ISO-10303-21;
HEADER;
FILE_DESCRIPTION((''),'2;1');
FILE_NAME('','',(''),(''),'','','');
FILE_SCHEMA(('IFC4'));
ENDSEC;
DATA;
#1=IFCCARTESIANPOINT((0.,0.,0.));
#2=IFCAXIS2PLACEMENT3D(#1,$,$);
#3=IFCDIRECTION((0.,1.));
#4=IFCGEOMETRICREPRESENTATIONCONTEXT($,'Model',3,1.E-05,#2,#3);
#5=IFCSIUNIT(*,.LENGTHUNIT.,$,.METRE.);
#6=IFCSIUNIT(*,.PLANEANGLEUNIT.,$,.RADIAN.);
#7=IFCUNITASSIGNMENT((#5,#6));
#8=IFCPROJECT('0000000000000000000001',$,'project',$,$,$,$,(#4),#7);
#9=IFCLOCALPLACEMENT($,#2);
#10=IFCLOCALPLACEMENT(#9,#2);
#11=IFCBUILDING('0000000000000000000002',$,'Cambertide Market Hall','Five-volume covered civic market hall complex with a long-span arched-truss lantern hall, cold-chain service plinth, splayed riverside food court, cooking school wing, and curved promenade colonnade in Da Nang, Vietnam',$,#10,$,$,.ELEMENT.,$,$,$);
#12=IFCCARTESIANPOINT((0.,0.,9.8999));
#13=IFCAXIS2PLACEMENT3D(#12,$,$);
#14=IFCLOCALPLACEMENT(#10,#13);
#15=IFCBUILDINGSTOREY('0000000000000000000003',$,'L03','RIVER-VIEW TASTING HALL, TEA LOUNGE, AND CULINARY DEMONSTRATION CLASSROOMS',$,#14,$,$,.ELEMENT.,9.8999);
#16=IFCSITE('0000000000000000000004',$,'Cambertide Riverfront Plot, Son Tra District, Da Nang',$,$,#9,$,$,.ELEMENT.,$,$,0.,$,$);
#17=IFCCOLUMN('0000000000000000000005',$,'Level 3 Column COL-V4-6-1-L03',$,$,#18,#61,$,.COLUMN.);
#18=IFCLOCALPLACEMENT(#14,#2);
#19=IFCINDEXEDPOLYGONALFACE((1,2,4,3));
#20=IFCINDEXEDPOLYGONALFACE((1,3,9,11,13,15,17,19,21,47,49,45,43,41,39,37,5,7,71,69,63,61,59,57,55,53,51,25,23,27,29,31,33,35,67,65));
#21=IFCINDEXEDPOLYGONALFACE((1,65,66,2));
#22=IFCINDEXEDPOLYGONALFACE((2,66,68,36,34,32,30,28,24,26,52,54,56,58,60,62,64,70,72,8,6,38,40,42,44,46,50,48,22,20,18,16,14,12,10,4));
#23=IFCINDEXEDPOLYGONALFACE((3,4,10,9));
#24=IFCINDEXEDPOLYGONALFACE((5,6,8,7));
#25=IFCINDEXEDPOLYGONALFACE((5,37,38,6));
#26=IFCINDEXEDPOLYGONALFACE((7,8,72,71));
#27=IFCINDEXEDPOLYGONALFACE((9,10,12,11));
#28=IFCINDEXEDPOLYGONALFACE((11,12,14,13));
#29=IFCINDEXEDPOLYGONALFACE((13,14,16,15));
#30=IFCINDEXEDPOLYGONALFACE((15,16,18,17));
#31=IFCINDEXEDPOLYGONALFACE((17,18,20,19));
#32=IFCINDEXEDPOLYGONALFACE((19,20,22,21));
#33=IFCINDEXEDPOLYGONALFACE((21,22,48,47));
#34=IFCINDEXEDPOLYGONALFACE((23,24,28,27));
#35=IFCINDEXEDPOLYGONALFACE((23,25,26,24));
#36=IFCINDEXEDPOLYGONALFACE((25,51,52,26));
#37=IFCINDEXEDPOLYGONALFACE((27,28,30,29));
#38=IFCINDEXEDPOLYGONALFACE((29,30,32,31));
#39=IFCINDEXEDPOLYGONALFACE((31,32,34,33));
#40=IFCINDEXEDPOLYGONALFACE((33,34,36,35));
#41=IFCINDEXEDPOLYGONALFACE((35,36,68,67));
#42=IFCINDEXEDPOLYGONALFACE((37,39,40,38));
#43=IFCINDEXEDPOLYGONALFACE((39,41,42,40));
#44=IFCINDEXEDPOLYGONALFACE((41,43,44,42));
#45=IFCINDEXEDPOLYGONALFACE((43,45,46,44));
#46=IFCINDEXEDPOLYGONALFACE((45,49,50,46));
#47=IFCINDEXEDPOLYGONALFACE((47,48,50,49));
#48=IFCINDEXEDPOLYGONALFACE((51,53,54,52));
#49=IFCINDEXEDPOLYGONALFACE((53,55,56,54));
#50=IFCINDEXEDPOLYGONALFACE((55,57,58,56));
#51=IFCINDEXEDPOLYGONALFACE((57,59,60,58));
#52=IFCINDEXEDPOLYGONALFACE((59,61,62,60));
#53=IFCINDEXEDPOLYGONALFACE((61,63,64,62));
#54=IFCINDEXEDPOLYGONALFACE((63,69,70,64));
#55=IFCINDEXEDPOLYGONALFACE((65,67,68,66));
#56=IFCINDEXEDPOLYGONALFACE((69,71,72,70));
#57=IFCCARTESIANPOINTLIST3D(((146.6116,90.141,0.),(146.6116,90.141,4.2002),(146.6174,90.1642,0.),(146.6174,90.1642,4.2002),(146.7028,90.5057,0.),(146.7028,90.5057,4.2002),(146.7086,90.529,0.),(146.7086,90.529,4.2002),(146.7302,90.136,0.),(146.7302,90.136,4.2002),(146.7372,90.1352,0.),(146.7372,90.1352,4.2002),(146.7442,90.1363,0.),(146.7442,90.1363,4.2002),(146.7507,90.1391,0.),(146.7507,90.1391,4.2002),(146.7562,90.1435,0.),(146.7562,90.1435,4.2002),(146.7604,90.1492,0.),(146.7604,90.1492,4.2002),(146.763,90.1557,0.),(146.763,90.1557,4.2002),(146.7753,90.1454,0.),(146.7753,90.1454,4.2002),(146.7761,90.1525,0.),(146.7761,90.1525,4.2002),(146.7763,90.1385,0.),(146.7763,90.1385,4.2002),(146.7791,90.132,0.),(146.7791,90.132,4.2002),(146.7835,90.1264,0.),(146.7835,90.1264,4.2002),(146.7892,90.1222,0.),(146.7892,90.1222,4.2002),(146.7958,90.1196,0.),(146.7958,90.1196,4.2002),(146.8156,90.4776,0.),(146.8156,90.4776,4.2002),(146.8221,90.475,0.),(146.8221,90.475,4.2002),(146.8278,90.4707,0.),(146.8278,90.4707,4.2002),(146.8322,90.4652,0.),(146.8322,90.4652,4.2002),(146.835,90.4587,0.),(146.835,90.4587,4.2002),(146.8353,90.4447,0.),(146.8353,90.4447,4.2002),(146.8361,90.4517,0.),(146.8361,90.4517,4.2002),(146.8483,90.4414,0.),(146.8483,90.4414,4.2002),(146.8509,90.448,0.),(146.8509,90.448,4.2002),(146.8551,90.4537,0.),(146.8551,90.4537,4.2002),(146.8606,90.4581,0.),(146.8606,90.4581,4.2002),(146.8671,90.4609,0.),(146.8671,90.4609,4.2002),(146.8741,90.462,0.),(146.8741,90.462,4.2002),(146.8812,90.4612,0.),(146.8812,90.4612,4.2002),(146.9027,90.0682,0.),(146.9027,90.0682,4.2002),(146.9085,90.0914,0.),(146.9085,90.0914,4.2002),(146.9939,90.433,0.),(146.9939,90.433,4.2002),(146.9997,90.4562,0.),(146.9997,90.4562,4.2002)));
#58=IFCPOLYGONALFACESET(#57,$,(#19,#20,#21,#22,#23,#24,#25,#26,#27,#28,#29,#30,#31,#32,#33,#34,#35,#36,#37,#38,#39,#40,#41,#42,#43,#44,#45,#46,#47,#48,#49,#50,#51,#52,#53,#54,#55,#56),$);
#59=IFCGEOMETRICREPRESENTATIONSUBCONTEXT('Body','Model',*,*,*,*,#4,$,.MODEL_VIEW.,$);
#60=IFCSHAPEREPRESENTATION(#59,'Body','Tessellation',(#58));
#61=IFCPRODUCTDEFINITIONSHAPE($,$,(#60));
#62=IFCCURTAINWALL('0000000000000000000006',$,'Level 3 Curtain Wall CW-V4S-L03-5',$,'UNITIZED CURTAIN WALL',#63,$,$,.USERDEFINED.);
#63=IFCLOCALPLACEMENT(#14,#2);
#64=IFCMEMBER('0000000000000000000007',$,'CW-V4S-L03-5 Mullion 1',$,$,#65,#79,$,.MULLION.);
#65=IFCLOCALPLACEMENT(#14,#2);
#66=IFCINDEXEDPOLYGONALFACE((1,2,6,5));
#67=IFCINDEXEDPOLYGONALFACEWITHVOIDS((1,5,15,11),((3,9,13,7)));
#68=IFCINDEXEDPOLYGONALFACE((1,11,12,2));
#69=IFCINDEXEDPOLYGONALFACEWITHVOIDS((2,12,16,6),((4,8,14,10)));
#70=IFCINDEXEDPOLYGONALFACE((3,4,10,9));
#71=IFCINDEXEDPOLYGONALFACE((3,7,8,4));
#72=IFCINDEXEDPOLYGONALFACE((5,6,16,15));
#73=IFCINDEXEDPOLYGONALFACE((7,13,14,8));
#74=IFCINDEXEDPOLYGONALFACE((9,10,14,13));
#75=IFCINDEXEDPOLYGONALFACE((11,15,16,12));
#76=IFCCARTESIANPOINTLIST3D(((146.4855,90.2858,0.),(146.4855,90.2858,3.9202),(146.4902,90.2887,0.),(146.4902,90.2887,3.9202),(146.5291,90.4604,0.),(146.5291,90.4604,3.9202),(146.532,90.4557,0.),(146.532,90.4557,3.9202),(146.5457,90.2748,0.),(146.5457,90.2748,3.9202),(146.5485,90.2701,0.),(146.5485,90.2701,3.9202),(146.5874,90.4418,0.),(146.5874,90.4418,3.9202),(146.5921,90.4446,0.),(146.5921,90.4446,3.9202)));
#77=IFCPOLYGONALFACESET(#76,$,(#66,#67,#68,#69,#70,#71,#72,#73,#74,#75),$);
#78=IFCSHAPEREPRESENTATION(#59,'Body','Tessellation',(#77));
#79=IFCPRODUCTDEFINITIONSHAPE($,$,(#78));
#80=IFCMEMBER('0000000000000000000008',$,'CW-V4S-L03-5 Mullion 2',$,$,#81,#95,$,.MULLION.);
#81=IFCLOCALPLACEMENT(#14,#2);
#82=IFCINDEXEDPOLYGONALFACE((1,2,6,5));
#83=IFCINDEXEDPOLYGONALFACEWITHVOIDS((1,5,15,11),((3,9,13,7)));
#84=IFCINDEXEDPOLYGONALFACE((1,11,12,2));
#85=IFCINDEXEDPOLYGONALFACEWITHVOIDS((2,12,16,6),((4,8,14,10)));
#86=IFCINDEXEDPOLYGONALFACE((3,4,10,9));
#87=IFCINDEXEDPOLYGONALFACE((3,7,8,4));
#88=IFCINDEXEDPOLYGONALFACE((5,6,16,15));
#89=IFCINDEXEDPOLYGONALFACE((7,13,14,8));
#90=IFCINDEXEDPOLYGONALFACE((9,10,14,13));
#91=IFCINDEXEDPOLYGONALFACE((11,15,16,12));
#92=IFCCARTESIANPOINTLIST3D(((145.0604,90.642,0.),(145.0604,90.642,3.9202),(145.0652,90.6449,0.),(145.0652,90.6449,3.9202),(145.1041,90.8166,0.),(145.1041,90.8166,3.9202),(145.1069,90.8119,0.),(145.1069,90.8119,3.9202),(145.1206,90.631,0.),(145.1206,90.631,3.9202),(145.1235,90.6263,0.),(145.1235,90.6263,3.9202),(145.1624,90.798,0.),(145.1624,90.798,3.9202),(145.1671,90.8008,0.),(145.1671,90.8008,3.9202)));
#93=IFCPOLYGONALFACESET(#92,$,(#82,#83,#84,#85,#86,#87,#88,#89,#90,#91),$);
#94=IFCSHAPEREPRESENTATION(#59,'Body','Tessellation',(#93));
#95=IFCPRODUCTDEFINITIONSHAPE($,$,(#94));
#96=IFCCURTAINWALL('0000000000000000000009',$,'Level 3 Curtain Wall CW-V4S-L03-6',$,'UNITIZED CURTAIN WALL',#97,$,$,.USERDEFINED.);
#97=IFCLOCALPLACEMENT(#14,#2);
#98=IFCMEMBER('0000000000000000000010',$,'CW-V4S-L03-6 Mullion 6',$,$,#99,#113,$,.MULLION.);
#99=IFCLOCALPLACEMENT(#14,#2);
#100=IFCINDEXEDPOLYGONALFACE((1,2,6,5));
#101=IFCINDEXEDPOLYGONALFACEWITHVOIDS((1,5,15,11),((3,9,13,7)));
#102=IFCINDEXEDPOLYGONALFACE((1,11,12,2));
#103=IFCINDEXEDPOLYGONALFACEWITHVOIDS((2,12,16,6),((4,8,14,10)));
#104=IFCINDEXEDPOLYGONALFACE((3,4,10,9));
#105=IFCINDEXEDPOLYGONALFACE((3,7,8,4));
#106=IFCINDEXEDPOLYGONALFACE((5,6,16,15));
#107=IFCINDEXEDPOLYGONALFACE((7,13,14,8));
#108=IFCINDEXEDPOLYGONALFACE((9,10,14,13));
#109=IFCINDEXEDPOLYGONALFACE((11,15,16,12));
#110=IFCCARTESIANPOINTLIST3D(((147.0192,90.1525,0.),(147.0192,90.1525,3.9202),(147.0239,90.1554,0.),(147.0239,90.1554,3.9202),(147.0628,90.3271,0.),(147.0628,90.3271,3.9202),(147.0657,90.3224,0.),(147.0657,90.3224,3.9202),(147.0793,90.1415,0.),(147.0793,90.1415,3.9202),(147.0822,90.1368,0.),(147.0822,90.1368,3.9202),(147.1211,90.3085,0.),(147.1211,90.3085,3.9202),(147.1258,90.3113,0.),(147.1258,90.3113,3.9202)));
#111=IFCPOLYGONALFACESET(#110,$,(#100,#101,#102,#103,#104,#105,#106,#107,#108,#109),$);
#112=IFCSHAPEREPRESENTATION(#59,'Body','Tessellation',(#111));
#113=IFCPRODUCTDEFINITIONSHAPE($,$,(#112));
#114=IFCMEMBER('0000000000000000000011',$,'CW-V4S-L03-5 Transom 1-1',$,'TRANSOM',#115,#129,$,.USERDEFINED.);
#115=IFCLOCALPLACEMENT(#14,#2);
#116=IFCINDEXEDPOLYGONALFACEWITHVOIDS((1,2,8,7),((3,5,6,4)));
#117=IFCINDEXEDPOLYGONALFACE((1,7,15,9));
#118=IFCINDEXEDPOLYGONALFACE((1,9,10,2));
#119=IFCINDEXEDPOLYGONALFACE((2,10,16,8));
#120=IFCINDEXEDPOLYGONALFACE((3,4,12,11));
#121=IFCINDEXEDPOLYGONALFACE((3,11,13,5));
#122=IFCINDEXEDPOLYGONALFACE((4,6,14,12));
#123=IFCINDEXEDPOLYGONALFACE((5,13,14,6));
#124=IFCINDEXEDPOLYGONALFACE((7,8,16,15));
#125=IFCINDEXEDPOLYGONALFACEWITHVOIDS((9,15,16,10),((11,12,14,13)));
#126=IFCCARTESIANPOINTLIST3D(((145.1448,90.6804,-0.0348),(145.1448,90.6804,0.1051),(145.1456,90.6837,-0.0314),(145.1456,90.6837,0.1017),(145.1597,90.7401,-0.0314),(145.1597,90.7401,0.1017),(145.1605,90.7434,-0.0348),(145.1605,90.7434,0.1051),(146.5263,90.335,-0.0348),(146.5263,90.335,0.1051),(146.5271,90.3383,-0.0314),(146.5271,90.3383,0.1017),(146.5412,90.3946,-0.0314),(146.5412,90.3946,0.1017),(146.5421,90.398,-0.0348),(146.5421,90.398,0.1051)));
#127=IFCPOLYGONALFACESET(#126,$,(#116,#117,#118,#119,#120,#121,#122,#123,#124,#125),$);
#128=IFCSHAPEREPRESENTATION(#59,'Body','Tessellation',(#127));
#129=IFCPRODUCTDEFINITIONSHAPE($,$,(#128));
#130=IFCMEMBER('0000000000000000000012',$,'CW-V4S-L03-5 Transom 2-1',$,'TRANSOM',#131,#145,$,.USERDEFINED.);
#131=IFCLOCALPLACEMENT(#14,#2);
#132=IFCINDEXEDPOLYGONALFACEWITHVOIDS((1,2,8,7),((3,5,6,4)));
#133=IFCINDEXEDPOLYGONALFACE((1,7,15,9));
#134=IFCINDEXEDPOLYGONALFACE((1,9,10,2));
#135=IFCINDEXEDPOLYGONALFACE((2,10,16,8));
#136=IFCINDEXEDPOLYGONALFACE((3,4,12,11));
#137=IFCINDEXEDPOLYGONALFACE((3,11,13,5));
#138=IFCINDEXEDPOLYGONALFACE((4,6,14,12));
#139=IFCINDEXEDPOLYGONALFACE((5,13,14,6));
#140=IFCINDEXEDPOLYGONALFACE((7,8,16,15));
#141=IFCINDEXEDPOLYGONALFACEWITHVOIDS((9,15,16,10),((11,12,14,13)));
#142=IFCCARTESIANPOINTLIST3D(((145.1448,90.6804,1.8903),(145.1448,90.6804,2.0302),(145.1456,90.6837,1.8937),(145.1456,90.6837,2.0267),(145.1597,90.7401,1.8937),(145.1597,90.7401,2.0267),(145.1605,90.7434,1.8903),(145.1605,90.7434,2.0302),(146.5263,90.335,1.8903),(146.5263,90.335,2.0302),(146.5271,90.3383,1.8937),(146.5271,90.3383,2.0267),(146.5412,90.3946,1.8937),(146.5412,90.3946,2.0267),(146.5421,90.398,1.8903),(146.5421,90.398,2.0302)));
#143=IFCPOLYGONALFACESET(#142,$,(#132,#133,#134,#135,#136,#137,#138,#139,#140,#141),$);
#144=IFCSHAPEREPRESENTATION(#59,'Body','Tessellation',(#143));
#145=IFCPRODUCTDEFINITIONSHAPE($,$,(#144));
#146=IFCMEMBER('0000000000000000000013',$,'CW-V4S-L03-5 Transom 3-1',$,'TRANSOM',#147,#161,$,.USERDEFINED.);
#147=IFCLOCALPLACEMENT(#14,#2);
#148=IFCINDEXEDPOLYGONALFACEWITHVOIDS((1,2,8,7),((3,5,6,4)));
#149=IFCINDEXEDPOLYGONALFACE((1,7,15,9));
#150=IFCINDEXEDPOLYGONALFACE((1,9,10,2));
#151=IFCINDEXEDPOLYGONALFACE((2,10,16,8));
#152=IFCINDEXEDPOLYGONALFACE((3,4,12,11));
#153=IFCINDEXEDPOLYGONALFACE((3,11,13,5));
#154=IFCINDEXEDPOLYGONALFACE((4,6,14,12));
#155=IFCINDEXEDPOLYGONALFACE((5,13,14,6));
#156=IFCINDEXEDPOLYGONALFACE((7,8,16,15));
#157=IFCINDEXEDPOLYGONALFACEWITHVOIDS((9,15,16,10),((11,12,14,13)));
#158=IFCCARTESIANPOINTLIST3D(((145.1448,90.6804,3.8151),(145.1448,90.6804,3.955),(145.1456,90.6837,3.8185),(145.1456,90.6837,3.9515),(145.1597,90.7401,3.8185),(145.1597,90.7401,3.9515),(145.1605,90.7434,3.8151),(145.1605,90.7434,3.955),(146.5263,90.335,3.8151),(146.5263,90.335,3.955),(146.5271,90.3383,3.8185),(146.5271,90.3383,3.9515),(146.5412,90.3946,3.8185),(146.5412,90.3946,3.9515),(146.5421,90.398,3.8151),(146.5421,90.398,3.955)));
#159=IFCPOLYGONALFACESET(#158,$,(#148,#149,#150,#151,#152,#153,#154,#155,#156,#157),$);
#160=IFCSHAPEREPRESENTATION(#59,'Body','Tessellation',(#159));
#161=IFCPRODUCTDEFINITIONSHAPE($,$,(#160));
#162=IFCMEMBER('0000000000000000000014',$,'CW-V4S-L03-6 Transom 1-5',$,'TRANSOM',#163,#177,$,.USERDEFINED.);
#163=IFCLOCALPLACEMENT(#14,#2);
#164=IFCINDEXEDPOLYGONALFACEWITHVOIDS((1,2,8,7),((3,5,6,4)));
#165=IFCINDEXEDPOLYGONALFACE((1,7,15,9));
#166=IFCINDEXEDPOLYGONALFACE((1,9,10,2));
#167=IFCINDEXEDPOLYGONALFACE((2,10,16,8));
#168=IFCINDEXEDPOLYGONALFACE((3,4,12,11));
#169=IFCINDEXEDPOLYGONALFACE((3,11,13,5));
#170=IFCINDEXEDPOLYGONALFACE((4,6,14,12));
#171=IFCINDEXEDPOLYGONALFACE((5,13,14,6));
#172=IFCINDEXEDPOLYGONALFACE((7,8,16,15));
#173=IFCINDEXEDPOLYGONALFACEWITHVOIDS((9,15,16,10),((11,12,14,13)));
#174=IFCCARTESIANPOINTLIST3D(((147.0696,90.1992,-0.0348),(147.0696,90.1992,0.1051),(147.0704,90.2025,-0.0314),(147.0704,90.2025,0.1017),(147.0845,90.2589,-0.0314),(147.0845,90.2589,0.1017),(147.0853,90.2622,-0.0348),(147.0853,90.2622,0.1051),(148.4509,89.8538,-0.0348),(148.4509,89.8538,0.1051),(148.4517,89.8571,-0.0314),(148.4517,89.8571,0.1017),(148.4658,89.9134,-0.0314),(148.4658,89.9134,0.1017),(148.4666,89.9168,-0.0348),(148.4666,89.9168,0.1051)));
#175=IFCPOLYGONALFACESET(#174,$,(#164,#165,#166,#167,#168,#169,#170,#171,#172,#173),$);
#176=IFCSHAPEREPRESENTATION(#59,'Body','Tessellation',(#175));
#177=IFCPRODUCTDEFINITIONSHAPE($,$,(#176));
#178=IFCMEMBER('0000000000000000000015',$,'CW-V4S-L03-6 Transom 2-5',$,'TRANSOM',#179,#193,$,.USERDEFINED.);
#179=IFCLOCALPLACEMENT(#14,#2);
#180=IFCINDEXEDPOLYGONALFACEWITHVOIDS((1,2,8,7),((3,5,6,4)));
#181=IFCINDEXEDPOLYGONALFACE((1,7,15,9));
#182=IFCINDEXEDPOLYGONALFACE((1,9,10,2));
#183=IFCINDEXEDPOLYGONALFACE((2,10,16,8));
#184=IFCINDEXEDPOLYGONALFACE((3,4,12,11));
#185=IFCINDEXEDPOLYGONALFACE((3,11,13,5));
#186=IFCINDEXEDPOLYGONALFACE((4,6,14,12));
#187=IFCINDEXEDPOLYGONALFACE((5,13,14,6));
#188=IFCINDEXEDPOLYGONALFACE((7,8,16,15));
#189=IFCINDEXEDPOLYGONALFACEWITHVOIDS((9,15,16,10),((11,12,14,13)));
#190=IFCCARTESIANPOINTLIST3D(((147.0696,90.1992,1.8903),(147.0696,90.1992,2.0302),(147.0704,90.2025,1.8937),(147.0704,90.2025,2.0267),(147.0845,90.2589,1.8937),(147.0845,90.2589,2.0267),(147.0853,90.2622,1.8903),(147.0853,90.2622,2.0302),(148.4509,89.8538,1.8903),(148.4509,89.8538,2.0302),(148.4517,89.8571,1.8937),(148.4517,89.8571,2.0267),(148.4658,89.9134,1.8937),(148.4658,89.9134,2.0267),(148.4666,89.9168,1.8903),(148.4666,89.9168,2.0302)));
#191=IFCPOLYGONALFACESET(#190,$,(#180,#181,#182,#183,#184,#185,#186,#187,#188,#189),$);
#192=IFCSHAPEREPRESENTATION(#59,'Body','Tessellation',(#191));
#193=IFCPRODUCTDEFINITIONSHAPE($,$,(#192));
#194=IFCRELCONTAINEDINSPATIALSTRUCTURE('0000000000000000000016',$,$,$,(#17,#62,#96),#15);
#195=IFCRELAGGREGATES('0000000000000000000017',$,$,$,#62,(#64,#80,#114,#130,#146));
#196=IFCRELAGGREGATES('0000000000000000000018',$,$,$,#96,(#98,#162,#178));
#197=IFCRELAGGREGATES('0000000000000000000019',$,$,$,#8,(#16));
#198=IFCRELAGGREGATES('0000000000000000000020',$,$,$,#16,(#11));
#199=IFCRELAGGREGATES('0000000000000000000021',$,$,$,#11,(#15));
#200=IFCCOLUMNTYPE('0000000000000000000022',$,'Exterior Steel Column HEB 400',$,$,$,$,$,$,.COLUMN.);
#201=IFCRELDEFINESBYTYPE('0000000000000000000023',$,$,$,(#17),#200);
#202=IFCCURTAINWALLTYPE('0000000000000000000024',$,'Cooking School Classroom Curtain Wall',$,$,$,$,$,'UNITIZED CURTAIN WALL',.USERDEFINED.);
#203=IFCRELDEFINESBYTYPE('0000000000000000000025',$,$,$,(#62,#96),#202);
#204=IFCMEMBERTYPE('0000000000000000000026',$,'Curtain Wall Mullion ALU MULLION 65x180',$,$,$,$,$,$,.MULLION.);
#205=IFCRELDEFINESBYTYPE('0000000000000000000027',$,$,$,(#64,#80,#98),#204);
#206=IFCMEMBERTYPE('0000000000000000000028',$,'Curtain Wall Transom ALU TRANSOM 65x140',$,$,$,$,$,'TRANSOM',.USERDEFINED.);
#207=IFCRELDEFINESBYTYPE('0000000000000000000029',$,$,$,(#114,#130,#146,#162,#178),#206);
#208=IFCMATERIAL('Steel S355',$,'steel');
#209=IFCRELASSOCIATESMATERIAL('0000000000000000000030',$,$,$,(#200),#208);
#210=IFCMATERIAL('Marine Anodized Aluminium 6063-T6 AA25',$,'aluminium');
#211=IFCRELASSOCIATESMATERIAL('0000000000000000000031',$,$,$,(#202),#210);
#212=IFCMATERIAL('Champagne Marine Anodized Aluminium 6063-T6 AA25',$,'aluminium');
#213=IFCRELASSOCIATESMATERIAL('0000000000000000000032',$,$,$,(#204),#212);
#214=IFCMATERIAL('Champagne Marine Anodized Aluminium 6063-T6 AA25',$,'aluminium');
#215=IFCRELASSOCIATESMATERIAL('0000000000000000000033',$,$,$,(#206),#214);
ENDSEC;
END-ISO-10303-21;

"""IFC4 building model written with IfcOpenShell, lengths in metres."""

from ifc_helpers import new_model, si_unit, direction, frame, origin, origin_2d, place, context, subcontext, project, spatial, hollow_rectangle, i_section, extrude, material, material_profile, profile_set, type_object, element, aggregate, save


model = new_model("IFC4")

# Units and contexts
model_context = context("Model", 3, precision=1e-05, world=origin(), true_north=direction((0.0, 1.0)))
body_context = subcontext(model_context, "Body", "Model", "MODEL_VIEW")
ifc_project = project(units=[si_unit("LENGTHUNIT", "METRE"), si_unit("PLANEANGLEUNIT", "RADIAN")], contexts=[model_context])

# Site, building, storey
site_placement = place(None, origin())
site = spatial("IfcSite", under=ifc_project, at=site_placement, Name="Cambertide Riverfront Plot, Son Tra District, Da Nang", CompositionType="ELEMENT", RefElevation=0.0)
building_placement = place(site_placement, origin())
building = spatial("IfcBuilding", under=site, at=building_placement, Name="Cambertide Market Hall", Description="Five-volume covered civic market hall complex with a long-span arched-truss lantern hall, cold-chain service plinth, splayed riverside food court, cooking school wing, and curved promenade colonnade in Da Nang, Vietnam", CompositionType="ELEMENT")
storey_placement = place(building_placement, frame((0.0, 0.0, 9.8999)))
storey = spatial("IfcBuildingStorey", under=building, at=storey_placement, Name="L03", Description="RIVER-VIEW TASTING HALL, TEA LOUNGE, AND CULINARY DEMONSTRATION CLASSROOMS", CompositionType="ELEMENT", Elevation=9.8999)

# Column
ifc_material_1 = material(Name="Steel S355", Category="steel")
ifc_material_profile_1 = material_profile(ifc_material_1, i_section(OverallWidth=0.3, OverallDepth=0.3999, WebThickness=0.0134, FlangeThickness=0.0239, FilletRadius=0.0271, at=origin_2d()), Name="HEB 400")
ifc_profile_set_1 = profile_set([ifc_material_profile_1], Name="Steel S355")
column_type = type_object("IfcColumnType", Name="Exterior Steel Column HEB 400", PredefinedType="COLUMN", material=ifc_profile_set_1)
column_placement = place(storey_placement, frame((146.8057, 90.2986, 0.0), z_axis=(0.0, 0.0, 1.0), x_axis=(0.970143, -0.242536, 0.0)))
element("IfcColumn", 1, at=column_placement, inside=storey, type_object=column_type, Name="Level 3 Column COL-V4-6-1-L03", PredefinedType="COLUMN", context=body_context, shape_type="SweptSolid", body=[
    extrude(i_section(OverallWidth=0.3, OverallDepth=0.3999, WebThickness=0.0134, FlangeThickness=0.0239, FilletRadius=0.0271, at=origin_2d()), origin(), (0.0, 0.0, 1.0), 4.2002),
])

# Curtain wall, members
ifc_material_2 = material(Name="Marine Anodized Aluminium 6063-T6 AA25", Category="aluminium")
curtain_wall_type = type_object("IfcCurtainWallType", Name="Cooking School Classroom Curtain Wall", ElementType="UNITIZED CURTAIN WALL", PredefinedType="USERDEFINED", material=ifc_material_2)
curtain_wall_1_placement = place(storey_placement, origin())
curtain_wall_1 = element("IfcCurtainWall", 2, at=curtain_wall_1_placement, inside=storey, type_object=curtain_wall_type, Name="Level 3 Curtain Wall CW-V4S-L03-5", ObjectType="UNITIZED CURTAIN WALL", PredefinedType="USERDEFINED")
ifc_material_3 = material(Name="Champagne Marine Anodized Aluminium 6063-T6 AA25", Category="aluminium")
ifc_material_profile_2 = material_profile(ifc_material_3, hollow_rectangle(XDim=0.0649, YDim=0.1799, WallThickness=0.0039, at=origin_2d()), Name="ALU MULLION 65x180")
ifc_profile_set_2 = profile_set([ifc_material_profile_2], Name="Champagne Marine Anodized Aluminium 6063-T6 AA25")
member_type_1 = type_object("IfcMemberType", Name="Curtain Wall Mullion ALU MULLION 65x180", PredefinedType="MULLION", material=ifc_profile_set_2)
member_1_placement = place(storey_placement, frame((146.5388, 90.3652, 0.0), z_axis=(0.0, 0.0, 1.0), x_axis=(-0.970143, 0.242535, 0.0)))
member_1 = element("IfcMember", 3, at=member_1_placement, type_object=member_type_1, Name="CW-V4S-L03-5 Mullion 1", PredefinedType="MULLION", context=body_context, shape_type="SweptSolid", body=[
    extrude(hollow_rectangle(XDim=0.0649, YDim=0.1799, WallThickness=0.0039, at=origin_2d()), origin(), (0.0, 0.0, 1.0), 3.9202),
])
member_2_placement = place(storey_placement, frame((145.1138, 90.7214, 0.0), z_axis=(0.0, 0.0, 1.0), x_axis=(-0.970143, 0.242535, 0.0)))
member_2 = element("IfcMember", 4, at=member_2_placement, type_object=member_type_1, Name="CW-V4S-L03-5 Mullion 2", PredefinedType="MULLION", context=body_context, shape_type="SweptSolid", body=[
    extrude(hollow_rectangle(XDim=0.0649, YDim=0.1799, WallThickness=0.0039, at=origin_2d()), origin(), (0.0, 0.0, 1.0), 3.9202),
])

# Curtain wall, member
curtain_wall_2_placement = place(storey_placement, origin())
curtain_wall_2 = element("IfcCurtainWall", 5, at=curtain_wall_2_placement, inside=storey, type_object=curtain_wall_type, Name="Level 3 Curtain Wall CW-V4S-L03-6", ObjectType="UNITIZED CURTAIN WALL", PredefinedType="USERDEFINED")
member_3_placement = place(storey_placement, frame((147.0725, 90.2319, 0.0), z_axis=(0.0, 0.0, 1.0), x_axis=(-0.970143, 0.242535, 0.0)))
member_3 = element("IfcMember", 6, at=member_3_placement, type_object=member_type_1, Name="CW-V4S-L03-6 Mullion 6", PredefinedType="MULLION", context=body_context, shape_type="SweptSolid", body=[
    extrude(hollow_rectangle(XDim=0.0649, YDim=0.1799, WallThickness=0.0039, at=origin_2d()), origin(), (0.0, 0.0, 1.0), 3.9202),
])

# Members
ifc_material_4 = material(Name="Champagne Marine Anodized Aluminium 6063-T6 AA25", Category="aluminium")
ifc_material_profile_3 = material_profile(ifc_material_4, hollow_rectangle(XDim=0.0649, YDim=0.1399, WallThickness=0.0034, at=origin_2d()), Name="ALU TRANSOM 65x140")
ifc_profile_set_3 = profile_set([ifc_material_profile_3], Name="Champagne Marine Anodized Aluminium 6063-T6 AA25")
member_type_2 = type_object("IfcMemberType", Name="Curtain Wall Transom ALU TRANSOM 65x140", ElementType="TRANSOM", PredefinedType="USERDEFINED", material=ifc_profile_set_3)
member_4_placement = place(storey_placement, frame((146.5342, 90.3665, 0.0352), z_axis=(-0.970132, 0.242576, 0.0), x_axis=(-0.242576, -0.970132, 0.0)))
member_4 = element("IfcMember", 7, at=member_4_placement, type_object=member_type_2, Name="CW-V4S-L03-5 Transom 1-1", ObjectType="TRANSOM", PredefinedType="USERDEFINED", context=body_context, shape_type="SweptSolid", body=[
    extrude(hollow_rectangle(XDim=0.0649, YDim=0.1399, WallThickness=0.0034, at=origin_2d()), origin(), (0.0, 0.0, 1.0), 1.4241),
])
member_5_placement = place(storey_placement, frame((146.5342, 90.3665, 1.9602), z_axis=(-0.970132, 0.242576, 0.0), x_axis=(-0.242576, -0.970132, 0.0)))
member_5 = element("IfcMember", 8, at=member_5_placement, type_object=member_type_2, Name="CW-V4S-L03-5 Transom 2-1", ObjectType="TRANSOM", PredefinedType="USERDEFINED", context=body_context, shape_type="SweptSolid", body=[
    extrude(hollow_rectangle(XDim=0.0649, YDim=0.1399, WallThickness=0.0034, at=origin_2d()), origin(), (0.0, 0.0, 1.0), 1.4241),
])
member_6_placement = place(storey_placement, frame((146.5342, 90.3665, 3.885), z_axis=(-0.970132, 0.242576, 0.0), x_axis=(-0.242576, -0.970132, 0.0)))
member_6 = element("IfcMember", 9, at=member_6_placement, type_object=member_type_2, Name="CW-V4S-L03-5 Transom 3-1", ObjectType="TRANSOM", PredefinedType="USERDEFINED", context=body_context, shape_type="SweptSolid", body=[
    extrude(hollow_rectangle(XDim=0.0649, YDim=0.1399, WallThickness=0.0034, at=origin_2d()), origin(), (0.0, 0.0, 1.0), 1.4241),
])
member_7_placement = place(storey_placement, frame((148.4587, 89.8853, 0.0352), z_axis=(-0.970122, 0.242616, 0.0), x_axis=(-0.242616, -0.970122, 0.0)))
member_7 = element("IfcMember", 10, at=member_7_placement, type_object=member_type_2, Name="CW-V4S-L03-6 Transom 1-5", ObjectType="TRANSOM", PredefinedType="USERDEFINED", context=body_context, shape_type="SweptSolid", body=[
    extrude(hollow_rectangle(XDim=0.0649, YDim=0.1399, WallThickness=0.0034, at=origin_2d()), origin(), (0.0, 0.0, 1.0), 1.4238),
])
member_8_placement = place(storey_placement, frame((148.4587, 89.8853, 1.9602), z_axis=(-0.970122, 0.242616, 0.0), x_axis=(-0.242616, -0.970122, 0.0)))
member_8 = element("IfcMember", 11, at=member_8_placement, type_object=member_type_2, Name="CW-V4S-L03-6 Transom 2-5", ObjectType="TRANSOM", PredefinedType="USERDEFINED", context=body_context, shape_type="SweptSolid", body=[
    extrude(hollow_rectangle(XDim=0.0649, YDim=0.1399, WallThickness=0.0034, at=origin_2d()), origin(), (0.0, 0.0, 1.0), 1.4238),
])

aggregate(curtain_wall_1, [member_1, member_2, member_4, member_5, member_6])
aggregate(curtain_wall_2, [member_3, member_7, member_8])

save(model, "model.ifc")
